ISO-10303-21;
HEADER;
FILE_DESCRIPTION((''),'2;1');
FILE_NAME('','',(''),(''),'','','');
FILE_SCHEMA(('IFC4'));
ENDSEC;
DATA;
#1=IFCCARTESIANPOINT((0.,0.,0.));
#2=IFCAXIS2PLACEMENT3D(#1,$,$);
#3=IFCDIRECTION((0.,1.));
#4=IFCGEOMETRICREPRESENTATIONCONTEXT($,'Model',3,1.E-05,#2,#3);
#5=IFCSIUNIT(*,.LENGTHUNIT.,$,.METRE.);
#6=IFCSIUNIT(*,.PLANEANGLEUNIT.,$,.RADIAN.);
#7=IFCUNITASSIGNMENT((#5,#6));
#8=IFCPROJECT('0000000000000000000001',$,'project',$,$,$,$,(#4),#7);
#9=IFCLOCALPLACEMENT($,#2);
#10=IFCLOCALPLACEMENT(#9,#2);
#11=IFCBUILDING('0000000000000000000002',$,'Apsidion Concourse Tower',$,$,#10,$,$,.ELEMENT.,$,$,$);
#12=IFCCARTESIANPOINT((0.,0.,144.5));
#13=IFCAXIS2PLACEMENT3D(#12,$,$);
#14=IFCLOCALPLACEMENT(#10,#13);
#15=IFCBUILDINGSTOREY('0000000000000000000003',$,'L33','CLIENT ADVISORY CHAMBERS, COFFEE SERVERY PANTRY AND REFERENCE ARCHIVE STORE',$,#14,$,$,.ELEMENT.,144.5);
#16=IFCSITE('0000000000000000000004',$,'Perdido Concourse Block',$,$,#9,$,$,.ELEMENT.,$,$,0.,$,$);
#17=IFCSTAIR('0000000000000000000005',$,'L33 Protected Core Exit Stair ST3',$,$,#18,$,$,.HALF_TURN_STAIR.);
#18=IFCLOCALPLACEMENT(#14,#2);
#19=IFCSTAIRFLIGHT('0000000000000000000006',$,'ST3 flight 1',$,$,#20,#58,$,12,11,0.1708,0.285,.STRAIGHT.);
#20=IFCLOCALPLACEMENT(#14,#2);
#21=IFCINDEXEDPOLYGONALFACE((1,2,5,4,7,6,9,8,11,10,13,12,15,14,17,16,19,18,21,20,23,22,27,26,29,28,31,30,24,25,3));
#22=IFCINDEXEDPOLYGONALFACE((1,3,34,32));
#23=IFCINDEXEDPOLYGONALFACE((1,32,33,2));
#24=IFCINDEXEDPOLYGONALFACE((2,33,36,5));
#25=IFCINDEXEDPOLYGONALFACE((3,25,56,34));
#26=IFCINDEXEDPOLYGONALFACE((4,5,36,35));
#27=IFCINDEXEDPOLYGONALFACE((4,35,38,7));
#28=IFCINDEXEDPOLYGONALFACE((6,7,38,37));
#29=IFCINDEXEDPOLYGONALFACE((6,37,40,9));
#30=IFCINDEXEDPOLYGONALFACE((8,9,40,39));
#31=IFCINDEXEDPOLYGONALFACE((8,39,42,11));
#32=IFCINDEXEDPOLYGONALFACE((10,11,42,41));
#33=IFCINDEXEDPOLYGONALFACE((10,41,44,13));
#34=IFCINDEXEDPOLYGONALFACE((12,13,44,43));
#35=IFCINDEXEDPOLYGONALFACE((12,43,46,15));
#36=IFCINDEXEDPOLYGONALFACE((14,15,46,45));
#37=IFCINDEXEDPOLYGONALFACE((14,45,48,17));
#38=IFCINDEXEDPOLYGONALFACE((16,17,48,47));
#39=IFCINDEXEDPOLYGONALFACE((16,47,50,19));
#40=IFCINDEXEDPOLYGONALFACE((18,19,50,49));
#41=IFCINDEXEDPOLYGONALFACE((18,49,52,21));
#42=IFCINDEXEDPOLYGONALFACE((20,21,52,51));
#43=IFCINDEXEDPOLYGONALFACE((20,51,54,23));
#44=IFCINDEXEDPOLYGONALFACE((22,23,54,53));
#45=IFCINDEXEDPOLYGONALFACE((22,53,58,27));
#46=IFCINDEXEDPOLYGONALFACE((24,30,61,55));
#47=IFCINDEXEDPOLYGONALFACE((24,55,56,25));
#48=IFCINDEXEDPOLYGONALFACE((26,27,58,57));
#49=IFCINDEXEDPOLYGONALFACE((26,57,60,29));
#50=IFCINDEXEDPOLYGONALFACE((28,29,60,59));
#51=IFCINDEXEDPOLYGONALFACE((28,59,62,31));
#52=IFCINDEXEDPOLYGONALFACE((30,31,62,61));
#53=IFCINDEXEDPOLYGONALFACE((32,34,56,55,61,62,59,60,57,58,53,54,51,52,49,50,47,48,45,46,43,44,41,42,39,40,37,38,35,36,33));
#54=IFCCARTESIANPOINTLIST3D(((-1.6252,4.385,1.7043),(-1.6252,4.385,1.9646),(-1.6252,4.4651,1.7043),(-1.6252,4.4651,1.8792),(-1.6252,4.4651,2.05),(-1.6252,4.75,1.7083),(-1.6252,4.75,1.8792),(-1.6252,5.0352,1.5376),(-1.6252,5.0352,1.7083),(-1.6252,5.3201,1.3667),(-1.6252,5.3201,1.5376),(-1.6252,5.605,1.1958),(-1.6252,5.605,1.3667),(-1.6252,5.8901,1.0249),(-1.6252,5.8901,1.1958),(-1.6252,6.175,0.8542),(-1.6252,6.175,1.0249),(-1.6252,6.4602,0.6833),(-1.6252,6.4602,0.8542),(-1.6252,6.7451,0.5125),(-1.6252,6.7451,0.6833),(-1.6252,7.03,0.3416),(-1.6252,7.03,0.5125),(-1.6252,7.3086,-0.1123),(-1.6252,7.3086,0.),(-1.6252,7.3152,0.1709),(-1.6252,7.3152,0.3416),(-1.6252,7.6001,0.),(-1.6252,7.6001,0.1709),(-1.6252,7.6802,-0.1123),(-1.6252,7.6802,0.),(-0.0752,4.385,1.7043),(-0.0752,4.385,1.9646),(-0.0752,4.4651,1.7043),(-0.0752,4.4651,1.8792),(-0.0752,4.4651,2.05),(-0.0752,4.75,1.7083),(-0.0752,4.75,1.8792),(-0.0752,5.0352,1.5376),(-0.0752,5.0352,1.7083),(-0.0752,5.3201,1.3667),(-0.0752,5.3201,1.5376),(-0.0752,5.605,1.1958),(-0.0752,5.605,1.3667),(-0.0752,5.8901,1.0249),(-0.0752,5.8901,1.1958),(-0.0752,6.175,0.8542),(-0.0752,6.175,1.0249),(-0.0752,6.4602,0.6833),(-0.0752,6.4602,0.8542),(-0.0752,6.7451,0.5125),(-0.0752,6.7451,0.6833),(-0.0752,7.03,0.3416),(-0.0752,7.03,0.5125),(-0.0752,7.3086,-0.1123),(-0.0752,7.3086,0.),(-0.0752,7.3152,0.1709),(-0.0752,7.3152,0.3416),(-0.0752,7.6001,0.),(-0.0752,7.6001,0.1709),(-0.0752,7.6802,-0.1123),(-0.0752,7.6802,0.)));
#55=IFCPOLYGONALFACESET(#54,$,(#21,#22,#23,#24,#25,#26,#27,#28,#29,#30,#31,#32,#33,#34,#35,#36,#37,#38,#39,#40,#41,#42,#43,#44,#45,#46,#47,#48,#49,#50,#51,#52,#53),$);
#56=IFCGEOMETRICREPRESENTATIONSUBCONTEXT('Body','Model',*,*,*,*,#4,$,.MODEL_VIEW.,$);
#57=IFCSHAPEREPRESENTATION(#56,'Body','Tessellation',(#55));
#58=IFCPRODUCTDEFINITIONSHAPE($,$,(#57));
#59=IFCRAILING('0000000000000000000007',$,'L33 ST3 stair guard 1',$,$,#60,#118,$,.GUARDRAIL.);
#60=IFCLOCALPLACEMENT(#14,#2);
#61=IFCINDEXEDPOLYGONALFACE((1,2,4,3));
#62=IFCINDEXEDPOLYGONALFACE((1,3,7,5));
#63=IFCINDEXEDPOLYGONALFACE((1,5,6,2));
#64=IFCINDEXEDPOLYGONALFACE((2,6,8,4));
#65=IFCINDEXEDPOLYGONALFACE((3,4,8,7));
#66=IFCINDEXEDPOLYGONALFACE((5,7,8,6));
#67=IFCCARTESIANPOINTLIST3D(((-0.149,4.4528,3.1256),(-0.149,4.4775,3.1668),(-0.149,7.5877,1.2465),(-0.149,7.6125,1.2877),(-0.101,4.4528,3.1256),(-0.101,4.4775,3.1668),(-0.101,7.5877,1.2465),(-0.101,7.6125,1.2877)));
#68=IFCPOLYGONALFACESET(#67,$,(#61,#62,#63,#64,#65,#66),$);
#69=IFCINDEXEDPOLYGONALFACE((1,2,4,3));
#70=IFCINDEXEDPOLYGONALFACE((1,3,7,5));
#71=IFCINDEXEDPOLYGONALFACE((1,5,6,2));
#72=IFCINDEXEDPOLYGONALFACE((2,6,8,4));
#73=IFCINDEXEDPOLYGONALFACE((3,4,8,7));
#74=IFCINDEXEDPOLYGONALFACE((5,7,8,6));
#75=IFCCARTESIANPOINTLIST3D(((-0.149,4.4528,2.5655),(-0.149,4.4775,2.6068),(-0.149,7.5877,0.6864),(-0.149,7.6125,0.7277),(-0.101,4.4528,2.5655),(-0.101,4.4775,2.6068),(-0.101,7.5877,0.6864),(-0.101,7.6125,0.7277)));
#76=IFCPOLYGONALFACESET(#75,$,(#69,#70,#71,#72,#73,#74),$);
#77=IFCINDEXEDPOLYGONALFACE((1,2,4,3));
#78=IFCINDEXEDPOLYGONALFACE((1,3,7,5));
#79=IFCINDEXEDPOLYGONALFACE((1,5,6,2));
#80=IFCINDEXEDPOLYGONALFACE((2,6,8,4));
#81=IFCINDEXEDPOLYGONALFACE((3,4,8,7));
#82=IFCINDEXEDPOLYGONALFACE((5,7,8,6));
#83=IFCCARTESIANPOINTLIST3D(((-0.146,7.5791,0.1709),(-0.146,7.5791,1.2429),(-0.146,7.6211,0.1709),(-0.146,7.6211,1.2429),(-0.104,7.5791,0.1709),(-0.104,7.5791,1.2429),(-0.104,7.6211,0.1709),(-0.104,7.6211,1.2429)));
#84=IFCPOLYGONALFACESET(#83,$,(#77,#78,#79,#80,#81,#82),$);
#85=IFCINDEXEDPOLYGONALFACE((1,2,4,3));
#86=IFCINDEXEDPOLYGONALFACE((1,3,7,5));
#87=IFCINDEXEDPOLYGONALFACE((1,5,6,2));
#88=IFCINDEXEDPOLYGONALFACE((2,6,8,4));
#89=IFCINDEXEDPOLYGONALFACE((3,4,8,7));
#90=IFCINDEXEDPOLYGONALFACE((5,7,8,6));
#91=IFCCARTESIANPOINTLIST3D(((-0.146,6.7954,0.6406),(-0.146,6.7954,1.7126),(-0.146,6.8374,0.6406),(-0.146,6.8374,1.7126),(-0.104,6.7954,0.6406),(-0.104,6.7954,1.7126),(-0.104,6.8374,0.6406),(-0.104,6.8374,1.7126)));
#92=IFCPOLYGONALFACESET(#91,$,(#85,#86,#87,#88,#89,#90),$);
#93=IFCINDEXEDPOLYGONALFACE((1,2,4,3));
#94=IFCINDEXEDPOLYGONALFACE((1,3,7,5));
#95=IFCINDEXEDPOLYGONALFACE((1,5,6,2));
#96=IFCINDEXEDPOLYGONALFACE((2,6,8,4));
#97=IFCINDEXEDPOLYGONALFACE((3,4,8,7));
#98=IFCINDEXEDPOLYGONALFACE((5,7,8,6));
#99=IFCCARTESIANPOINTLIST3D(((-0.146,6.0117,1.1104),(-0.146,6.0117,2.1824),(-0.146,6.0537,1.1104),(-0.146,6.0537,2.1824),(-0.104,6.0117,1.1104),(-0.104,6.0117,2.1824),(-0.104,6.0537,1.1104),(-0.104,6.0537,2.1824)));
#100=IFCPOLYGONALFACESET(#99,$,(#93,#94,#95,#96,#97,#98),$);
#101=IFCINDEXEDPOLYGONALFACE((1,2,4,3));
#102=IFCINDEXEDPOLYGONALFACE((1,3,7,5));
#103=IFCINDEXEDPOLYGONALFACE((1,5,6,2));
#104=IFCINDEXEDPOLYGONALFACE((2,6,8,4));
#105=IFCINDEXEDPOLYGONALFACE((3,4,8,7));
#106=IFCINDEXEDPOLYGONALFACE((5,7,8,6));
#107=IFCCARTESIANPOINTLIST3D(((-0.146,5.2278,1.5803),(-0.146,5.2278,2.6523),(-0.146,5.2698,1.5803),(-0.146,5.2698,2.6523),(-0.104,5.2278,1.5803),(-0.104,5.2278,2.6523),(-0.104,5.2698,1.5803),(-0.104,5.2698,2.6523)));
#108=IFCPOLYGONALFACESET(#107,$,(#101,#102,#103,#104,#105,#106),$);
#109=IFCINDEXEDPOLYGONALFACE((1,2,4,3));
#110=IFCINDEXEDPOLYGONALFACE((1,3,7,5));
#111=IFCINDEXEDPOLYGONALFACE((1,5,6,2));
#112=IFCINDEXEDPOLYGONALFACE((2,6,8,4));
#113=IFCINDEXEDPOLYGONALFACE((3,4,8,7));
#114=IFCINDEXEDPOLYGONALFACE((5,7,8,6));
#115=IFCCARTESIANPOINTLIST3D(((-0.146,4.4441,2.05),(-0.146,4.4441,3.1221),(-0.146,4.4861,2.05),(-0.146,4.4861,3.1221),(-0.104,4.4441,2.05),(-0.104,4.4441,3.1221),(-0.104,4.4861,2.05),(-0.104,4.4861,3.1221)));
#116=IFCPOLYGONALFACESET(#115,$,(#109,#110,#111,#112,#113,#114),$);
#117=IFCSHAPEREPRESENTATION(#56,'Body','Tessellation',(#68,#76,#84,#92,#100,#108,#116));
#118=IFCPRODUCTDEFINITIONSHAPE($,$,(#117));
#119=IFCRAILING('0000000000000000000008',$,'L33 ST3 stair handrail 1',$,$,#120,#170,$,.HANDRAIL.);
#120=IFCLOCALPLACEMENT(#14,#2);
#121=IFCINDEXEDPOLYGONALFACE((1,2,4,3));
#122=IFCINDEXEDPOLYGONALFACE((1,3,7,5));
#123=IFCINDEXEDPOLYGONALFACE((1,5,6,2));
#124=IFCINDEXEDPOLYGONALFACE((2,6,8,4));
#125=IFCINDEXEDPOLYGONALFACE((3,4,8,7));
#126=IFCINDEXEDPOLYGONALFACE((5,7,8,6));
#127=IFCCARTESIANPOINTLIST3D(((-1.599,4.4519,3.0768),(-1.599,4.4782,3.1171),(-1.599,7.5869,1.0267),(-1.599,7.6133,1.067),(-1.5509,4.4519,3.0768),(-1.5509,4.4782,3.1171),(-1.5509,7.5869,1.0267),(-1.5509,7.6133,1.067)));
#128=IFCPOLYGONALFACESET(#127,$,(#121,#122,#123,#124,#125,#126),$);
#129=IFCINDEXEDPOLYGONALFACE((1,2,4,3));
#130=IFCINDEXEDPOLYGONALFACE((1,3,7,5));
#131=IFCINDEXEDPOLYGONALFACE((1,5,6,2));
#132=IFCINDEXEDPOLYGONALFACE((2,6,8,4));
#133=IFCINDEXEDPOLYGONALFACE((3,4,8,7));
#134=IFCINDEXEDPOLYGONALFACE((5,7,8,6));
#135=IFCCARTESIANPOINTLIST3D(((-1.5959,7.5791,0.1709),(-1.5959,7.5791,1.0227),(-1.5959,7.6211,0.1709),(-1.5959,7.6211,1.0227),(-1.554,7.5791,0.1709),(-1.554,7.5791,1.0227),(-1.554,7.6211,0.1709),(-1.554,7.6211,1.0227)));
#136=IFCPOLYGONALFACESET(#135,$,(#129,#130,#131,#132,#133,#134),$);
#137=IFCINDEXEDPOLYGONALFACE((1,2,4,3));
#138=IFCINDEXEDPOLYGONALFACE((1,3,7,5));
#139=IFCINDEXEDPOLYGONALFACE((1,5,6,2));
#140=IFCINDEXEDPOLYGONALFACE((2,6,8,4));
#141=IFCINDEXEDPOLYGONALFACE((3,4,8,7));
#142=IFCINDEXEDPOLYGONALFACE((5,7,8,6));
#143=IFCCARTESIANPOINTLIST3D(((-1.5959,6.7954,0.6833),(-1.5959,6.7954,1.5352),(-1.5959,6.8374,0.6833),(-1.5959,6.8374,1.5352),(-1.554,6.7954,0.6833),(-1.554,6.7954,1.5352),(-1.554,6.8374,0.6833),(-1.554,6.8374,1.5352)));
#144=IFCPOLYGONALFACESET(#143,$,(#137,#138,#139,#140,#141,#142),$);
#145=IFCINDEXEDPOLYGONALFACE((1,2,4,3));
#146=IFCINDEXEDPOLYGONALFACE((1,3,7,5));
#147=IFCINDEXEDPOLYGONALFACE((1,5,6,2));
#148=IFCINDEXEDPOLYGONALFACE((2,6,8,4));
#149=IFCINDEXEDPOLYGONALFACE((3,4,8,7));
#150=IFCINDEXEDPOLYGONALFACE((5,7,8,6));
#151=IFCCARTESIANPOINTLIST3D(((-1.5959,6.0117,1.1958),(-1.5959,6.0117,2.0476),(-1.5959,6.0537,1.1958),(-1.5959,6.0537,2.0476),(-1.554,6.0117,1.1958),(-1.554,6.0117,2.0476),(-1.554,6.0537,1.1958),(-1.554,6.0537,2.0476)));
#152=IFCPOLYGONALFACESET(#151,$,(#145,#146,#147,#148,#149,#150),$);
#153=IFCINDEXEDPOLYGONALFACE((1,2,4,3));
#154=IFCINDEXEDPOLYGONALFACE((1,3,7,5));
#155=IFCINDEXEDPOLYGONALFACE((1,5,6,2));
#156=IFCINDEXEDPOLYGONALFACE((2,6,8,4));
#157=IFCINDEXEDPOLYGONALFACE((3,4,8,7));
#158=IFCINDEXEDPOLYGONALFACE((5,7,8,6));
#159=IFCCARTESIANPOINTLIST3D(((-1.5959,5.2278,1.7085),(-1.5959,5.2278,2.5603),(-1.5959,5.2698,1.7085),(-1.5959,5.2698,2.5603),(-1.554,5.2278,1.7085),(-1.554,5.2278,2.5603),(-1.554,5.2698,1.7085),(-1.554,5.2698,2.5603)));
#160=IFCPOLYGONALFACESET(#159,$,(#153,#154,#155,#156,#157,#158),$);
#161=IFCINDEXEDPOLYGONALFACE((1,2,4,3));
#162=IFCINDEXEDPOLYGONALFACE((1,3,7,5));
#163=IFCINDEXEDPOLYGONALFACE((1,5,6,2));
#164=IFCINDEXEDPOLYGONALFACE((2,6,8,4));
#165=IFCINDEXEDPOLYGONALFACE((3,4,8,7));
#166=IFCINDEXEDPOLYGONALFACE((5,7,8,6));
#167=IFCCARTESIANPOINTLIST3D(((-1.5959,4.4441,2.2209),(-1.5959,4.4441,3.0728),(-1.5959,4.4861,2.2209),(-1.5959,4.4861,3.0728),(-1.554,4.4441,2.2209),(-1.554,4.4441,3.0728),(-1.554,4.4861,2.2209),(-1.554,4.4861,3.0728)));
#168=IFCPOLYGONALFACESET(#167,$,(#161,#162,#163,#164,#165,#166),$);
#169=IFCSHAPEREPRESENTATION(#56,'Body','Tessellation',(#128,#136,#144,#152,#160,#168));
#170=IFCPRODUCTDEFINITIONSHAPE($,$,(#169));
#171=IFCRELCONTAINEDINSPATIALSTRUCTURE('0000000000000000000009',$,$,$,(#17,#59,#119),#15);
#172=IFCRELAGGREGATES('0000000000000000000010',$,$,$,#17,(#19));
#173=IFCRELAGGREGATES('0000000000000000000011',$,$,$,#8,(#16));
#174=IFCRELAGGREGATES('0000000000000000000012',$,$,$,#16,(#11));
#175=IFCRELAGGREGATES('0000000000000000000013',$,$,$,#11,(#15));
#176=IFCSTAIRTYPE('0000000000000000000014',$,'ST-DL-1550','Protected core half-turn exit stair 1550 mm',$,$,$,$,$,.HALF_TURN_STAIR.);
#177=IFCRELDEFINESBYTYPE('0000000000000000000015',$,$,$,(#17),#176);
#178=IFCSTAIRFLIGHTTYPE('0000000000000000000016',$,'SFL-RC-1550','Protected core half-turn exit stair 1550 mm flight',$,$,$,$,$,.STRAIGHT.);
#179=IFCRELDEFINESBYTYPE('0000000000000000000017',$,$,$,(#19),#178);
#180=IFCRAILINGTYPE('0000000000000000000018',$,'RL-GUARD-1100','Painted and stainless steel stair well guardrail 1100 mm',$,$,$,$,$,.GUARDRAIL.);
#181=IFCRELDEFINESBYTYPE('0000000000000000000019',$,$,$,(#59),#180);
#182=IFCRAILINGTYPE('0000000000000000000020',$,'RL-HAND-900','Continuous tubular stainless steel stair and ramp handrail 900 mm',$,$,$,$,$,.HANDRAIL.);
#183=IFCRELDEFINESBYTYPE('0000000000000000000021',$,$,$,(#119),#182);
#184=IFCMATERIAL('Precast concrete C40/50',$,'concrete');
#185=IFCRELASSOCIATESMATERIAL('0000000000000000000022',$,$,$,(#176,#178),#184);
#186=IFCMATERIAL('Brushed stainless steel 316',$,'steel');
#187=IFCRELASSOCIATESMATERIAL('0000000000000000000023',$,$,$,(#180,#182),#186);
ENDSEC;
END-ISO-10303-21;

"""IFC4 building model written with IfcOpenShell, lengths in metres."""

from ifc_helpers import new_model, si_unit, direction, frame, origin, origin_2d, place, context, subcontext, project, spatial, polyline, rectangle, outline, extrude, material, type_object, element, aggregate, save


model = new_model("IFC4")

# Units and contexts
model_context = context("Model", 3, precision=1e-05, world=origin(), true_north=direction((0.0, 1.0)))
body_context = subcontext(model_context, "Body", "Model", "MODEL_VIEW")
ifc_project = project(units=[si_unit("LENGTHUNIT", "METRE"), si_unit("PLANEANGLEUNIT", "RADIAN")], contexts=[model_context])

# Site, building, storey
site_placement = place(None, origin())
site = spatial("IfcSite", under=ifc_project, at=site_placement, Name="Perdido Concourse Block", CompositionType="ELEMENT", RefElevation=0.0)
building_placement = place(site_placement, origin())
building = spatial("IfcBuilding", under=site, at=building_placement, Name="Apsidion Concourse Tower", CompositionType="ELEMENT")
storey_placement = place(building_placement, frame((0.0, 0.0, 144.5)))
storey = spatial("IfcBuildingStorey", under=building, at=storey_placement, Name="L33", Description="CLIENT ADVISORY CHAMBERS, COFFEE SERVERY PANTRY AND REFERENCE ARCHIVE STORE", CompositionType="ELEMENT", Elevation=144.5)

# Shared definitions
ifc_material_1 = material(Name="Brushed stainless steel 316", Category="steel")

# Stair, stair flight
ifc_material_2 = material(Name="Precast concrete C40/50", Category="concrete")
stair_type = type_object("IfcStairType", Name="ST-DL-1550", Description="Protected core half-turn exit stair 1550 mm", PredefinedType="HALF_TURN_STAIR", material=ifc_material_2)
stair_placement = place(storey_placement, origin())
stair = element("IfcStair", 1, at=stair_placement, inside=storey, type_object=stair_type, Name="L33 Protected Core Exit Stair ST3", PredefinedType="HALF_TURN_STAIR")
stair_flight_type = type_object("IfcStairFlightType", Name="SFL-RC-1550", Description="Protected core half-turn exit stair 1550 mm flight", PredefinedType="STRAIGHT", material=ifc_material_2)
stair_flight_placement = place(storey_placement, frame((-0.8501, 7.6001, 0.0), z_axis=(0.0, 0.0, 1.0), x_axis=(0.0, -1.0, 0.0)))
stair_flight = element("IfcStairFlight", 2, at=stair_flight_placement, type_object=stair_flight_type, Name="ST3 flight 1", NumberOfRisers=12, NumberOfTreads=11, PredefinedType="STRAIGHT", RiserHeight=0.1708, TreadLength=0.285, context=body_context, shape_type="SweptSolid", body=[
    extrude(outline(polyline([(-0.0801, -0.1123), (-0.0801, 0.0), (0.0, 0.0), (0.0, 0.1709), (0.2849, 0.1709), (0.2849, 0.3416), (0.5701, 0.3416), (0.5701, 0.5125), (0.855, 0.5125), (0.855, 0.6833), (1.1399, 0.6833), (1.1399, 0.8542), (1.425, 0.8542), (1.425, 1.0249), (1.71, 1.0249), (1.71, 1.1958), (1.9951, 1.1958), (1.9951, 1.3667), (2.28, 1.3667), (2.28, 1.5376), (2.5649, 1.5376), (2.5649, 1.7083), (2.8501, 1.7083), (2.8501, 1.8792), (3.135, 1.8792), (3.135, 2.05), (3.2151, 1.9646), (3.2151, 1.7043), (3.135, 1.7043), (0.2915, 0.0), (0.2915, -0.1123), (-0.0801, -0.1123)])), frame((0.0, 0.7749, 0.0), z_axis=(0.0, -1.0, 0.0), x_axis=(1.0, 0.0, 0.0)), (0.0, 0.0, 1.0), 1.55),
])
aggregate(stair, [stair_flight])

# Railings
railing_type_1 = type_object("IfcRailingType", Name="RL-GUARD-1100", Description="Painted and stainless steel stair well guardrail 1100 mm", PredefinedType="GUARDRAIL", material=ifc_material_1)
railing_1_placement = place(storey_placement, frame((-0.125, 7.6001, 0.1709)))
element("IfcRailing", 3, at=railing_1_placement, inside=storey, type_object=railing_type_1, Name="L33 ST3 stair guard 1", PredefinedType="GUARDRAIL", context=body_context, shape_type="SweptSolid", body=[
    extrude(rectangle(XDim=0.0481, YDim=0.0481, at=origin_2d()), frame((0.0, 0.0, 1.0962), z_axis=(0.0, -0.857717, 0.514122), x_axis=(1.0, 0.0, 0.0)), (0.0, 0.0, 1.0), 3.655),
    extrude(rectangle(XDim=0.0481, YDim=0.0481, at=origin_2d()), frame((0.0, 0.0, 0.5361), z_axis=(0.0, -0.857717, 0.514122), x_axis=(1.0, 0.0, 0.0)), (0.0, 0.0, 1.0), 3.655),
    extrude(rectangle(XDim=0.042, YDim=0.042, at=origin_2d()), origin(), (0.0, 0.0, 1.0), 1.072),
    extrude(rectangle(XDim=0.042, YDim=0.042, at=origin_2d()), frame((0.0, -0.7837, 0.4697)), (0.0, 0.0, 1.0), 1.072),
    extrude(rectangle(XDim=0.042, YDim=0.042, at=origin_2d()), frame((0.0, -1.5674, 0.9395)), (0.0, 0.0, 1.0), 1.072),
    extrude(rectangle(XDim=0.042, YDim=0.042, at=origin_2d()), frame((0.0, -2.3513, 1.4094)), (0.0, 0.0, 1.0), 1.072),
    extrude(rectangle(XDim=0.042, YDim=0.042, at=origin_2d()), frame((0.0, -3.135, 1.8792)), (0.0, 0.0, 1.0), 1.072),
])
railing_type_2 = type_object("IfcRailingType", Name="RL-HAND-900", Description="Continuous tubular stainless steel stair and ramp handrail 900 mm", PredefinedType="HANDRAIL", material=ifc_material_1)
railing_2_placement = place(storey_placement, frame((-1.575, 7.6001, 0.1709)))
element("IfcRailing", 4, at=railing_2_placement, inside=storey, type_object=railing_type_2, Name="L33 ST3 stair handrail 1", PredefinedType="HANDRAIL", context=body_context, shape_type="SweptSolid", body=[
    extrude(rectangle(XDim=0.0481, YDim=0.0481, at=origin_2d()), frame((0.0, 0.0, 0.876), z_axis=(0.0, -0.836941, 0.547293), x_axis=(1.0, 0.0, 0.0)), (0.0, 0.0, 1.0), 3.7458),
    extrude(rectangle(XDim=0.042, YDim=0.042, at=origin_2d()), origin(), (0.0, 0.0, 1.0), 0.8518),
    extrude(rectangle(XDim=0.042, YDim=0.042, at=origin_2d()), frame((0.0, -0.7837, 0.5125)), (0.0, 0.0, 1.0), 0.8518),
    extrude(rectangle(XDim=0.042, YDim=0.042, at=origin_2d()), frame((0.0, -1.5674, 1.0249)), (0.0, 0.0, 1.0), 0.8518),
    extrude(rectangle(XDim=0.042, YDim=0.042, at=origin_2d()), frame((0.0, -2.3513, 1.5376)), (0.0, 0.0, 1.0), 0.8518),
    extrude(rectangle(XDim=0.042, YDim=0.042, at=origin_2d()), frame((0.0, -3.135, 2.05)), (0.0, 0.0, 1.0), 0.8518),
])

save(model, "model.ifc")
